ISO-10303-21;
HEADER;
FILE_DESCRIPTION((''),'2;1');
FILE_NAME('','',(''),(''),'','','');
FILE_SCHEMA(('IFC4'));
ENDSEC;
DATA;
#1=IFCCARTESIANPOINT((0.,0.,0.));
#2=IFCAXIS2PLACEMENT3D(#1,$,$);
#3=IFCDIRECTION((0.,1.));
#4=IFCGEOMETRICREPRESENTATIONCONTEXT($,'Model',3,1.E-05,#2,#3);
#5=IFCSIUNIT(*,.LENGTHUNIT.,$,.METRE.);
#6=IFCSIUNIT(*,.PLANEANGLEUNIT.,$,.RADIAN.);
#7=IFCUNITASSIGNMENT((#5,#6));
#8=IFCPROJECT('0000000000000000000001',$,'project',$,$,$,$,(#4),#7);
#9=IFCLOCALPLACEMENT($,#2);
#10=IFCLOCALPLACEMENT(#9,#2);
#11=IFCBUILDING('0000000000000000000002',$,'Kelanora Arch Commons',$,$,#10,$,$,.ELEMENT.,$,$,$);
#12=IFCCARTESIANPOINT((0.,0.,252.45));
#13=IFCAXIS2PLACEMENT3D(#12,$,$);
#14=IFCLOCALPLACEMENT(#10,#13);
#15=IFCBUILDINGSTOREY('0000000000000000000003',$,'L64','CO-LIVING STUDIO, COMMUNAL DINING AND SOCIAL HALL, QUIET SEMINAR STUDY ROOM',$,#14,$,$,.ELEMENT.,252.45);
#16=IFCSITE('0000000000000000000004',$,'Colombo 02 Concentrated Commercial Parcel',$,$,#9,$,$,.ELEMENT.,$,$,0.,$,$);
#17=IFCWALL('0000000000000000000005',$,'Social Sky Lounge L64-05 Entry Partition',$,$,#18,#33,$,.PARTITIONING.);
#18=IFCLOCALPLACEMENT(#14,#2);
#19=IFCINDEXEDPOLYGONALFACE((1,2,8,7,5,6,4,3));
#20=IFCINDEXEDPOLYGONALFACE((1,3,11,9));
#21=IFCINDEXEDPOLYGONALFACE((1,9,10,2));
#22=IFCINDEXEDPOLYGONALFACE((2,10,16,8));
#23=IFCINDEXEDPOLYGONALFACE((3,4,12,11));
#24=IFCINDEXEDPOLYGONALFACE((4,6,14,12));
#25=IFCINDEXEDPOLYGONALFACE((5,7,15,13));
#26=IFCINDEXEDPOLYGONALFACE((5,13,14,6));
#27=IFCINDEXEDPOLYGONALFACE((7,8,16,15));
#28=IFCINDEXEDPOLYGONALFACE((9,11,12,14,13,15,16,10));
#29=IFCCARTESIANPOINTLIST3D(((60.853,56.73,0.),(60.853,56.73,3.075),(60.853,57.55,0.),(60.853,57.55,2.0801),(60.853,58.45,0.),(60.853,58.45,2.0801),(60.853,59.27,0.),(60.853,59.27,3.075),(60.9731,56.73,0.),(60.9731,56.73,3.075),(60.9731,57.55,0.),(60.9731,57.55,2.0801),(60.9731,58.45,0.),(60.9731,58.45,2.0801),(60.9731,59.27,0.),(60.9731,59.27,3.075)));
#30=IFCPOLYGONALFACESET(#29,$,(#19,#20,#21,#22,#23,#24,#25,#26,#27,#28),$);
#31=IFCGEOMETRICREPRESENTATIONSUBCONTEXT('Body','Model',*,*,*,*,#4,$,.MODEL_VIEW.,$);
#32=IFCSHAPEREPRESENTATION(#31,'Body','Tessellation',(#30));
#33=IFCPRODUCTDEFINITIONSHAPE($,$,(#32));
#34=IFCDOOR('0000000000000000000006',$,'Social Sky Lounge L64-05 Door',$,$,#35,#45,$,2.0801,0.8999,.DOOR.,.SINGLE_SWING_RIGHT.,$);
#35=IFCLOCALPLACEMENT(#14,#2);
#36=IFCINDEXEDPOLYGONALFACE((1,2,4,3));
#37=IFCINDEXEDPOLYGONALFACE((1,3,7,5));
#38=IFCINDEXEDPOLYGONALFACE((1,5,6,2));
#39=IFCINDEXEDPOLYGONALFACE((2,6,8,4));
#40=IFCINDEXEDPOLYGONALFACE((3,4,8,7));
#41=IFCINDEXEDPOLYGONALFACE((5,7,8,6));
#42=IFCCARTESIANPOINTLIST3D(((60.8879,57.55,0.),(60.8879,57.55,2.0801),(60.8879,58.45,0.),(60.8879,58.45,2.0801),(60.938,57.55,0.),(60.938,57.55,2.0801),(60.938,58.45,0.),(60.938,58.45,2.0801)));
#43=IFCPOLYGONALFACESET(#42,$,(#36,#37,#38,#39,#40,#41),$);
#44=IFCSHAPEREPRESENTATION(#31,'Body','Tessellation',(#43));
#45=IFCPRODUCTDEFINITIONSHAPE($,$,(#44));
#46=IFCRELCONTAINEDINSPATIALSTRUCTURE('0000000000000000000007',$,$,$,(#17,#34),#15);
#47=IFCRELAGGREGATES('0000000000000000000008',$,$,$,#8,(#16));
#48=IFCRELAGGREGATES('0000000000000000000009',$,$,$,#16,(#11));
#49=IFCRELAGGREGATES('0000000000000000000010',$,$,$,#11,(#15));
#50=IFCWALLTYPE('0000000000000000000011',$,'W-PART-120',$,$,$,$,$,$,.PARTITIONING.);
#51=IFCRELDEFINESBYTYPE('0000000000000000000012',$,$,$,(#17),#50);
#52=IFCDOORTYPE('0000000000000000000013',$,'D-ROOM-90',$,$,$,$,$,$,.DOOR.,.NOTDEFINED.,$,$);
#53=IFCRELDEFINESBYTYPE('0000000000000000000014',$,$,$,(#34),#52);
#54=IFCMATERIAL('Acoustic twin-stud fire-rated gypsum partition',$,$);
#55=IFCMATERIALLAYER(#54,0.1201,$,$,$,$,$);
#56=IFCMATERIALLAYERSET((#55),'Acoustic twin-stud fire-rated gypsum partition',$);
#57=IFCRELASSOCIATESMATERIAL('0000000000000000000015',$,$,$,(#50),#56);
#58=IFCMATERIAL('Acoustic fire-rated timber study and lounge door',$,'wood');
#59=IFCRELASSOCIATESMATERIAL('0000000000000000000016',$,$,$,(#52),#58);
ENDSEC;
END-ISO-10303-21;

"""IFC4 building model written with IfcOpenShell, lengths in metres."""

from ifc_helpers import new_model, si_unit, direction, frame, frame_2d, origin, place, context, subcontext, project, spatial, rectangle, extrude, material, layer, layer_set, type_object, element, fill, save


model = new_model("IFC4")

# Units and contexts
model_context = context("Model", 3, precision=1e-05, world=origin(), true_north=direction((0.0, 1.0)))
body_context = subcontext(model_context, "Body", "Model", "MODEL_VIEW")
ifc_project = project(units=[si_unit("LENGTHUNIT", "METRE"), si_unit("PLANEANGLEUNIT", "RADIAN")], contexts=[model_context])

# Site, building, storey
site_placement = place(None, origin())
site = spatial("IfcSite", under=ifc_project, at=site_placement, Name="Colombo 02 Concentrated Commercial Parcel", CompositionType="ELEMENT", RefElevation=0.0)
building_placement = place(site_placement, origin())
building = spatial("IfcBuilding", under=site, at=building_placement, Name="Kelanora Arch Commons", CompositionType="ELEMENT")
storey_placement = place(building_placement, frame((0.0, 0.0, 252.45)))
storey = spatial("IfcBuildingStorey", under=building, at=storey_placement, Name="L64", Description="CO-LIVING STUDIO, COMMUNAL DINING AND SOCIAL HALL, QUIET SEMINAR STUDY ROOM", CompositionType="ELEMENT", Elevation=252.45)

# Wall, opening, door
ifc_material_1 = material(Name="Acoustic twin-stud fire-rated gypsum partition")
ifc_layer_1 = layer(ifc_material_1, 0.1201)
ifc_layer_set_1 = layer_set([ifc_layer_1], Name="Acoustic twin-stud fire-rated gypsum partition")
wall_type_1 = type_object("IfcWallType", Name="W-PART-120", PredefinedType="PARTITIONING", material=ifc_layer_set_1)
wall_1_placement = place(storey_placement, frame((60.9131, 59.27, 0.0), z_axis=(0.0, 0.0, 1.0), x_axis=(0.0, -1.0, 0.0)))
wall_1 = element("IfcWall", 1, at=wall_1_placement, inside=storey, type_object=wall_type_1, Name="Social Sky Lounge L64-05 Entry Partition", PredefinedType="PARTITIONING", context=body_context, shape_type="SweptSolid", body=[
    extrude(rectangle(XDim=2.54, YDim=0.1201, at=frame_2d((1.27, 0.0))), origin(), (0.0, 0.0, 1.0), 3.075),
])
opening_placement = place(wall_1_placement, frame((0.8201, 0.0, 0.0)))
opening = element("IfcOpeningElement", 2, at=opening_placement, cuts=wall_1, PredefinedType="OPENING", context=body_context, shape_type="SweptSolid", body=[
    extrude(rectangle(XDim=0.8999, YDim=2.0801, at=frame_2d((0.45, 1.04))), frame((0.0, 0.0701, 0.0), z_axis=(0.0, -1.0, 0.0), x_axis=(1.0, 0.0, 0.0)), (0.0, 0.0, 1.0), 0.1401),
])
ifc_material_2 = material(Name="Acoustic fire-rated timber study and lounge door", Category="wood")
door_type = type_object("IfcDoorType", Name="D-ROOM-90", OperationType="NOTDEFINED", PredefinedType="DOOR", material=ifc_material_2)
door_placement = place(opening_placement, origin())
door = element("IfcDoor", 3, at=door_placement, inside=storey, type_object=door_type, Name="Social Sky Lounge L64-05 Door", OperationType="SINGLE_SWING_RIGHT", OverallHeight=2.0801, OverallWidth=0.8999, PredefinedType="DOOR", context=body_context, shape_type="SweptSolid", body=[
    extrude(rectangle(XDim=0.8999, YDim=2.0801, at=frame_2d((0.45, 1.04))), frame((0.0, 0.0249, 0.0), z_axis=(0.0, -1.0, 0.0), x_axis=(1.0, 0.0, 0.0)), (0.0, 0.0, 1.0), 0.05),
])
fill(opening, door)

save(model, "model.ifc")
